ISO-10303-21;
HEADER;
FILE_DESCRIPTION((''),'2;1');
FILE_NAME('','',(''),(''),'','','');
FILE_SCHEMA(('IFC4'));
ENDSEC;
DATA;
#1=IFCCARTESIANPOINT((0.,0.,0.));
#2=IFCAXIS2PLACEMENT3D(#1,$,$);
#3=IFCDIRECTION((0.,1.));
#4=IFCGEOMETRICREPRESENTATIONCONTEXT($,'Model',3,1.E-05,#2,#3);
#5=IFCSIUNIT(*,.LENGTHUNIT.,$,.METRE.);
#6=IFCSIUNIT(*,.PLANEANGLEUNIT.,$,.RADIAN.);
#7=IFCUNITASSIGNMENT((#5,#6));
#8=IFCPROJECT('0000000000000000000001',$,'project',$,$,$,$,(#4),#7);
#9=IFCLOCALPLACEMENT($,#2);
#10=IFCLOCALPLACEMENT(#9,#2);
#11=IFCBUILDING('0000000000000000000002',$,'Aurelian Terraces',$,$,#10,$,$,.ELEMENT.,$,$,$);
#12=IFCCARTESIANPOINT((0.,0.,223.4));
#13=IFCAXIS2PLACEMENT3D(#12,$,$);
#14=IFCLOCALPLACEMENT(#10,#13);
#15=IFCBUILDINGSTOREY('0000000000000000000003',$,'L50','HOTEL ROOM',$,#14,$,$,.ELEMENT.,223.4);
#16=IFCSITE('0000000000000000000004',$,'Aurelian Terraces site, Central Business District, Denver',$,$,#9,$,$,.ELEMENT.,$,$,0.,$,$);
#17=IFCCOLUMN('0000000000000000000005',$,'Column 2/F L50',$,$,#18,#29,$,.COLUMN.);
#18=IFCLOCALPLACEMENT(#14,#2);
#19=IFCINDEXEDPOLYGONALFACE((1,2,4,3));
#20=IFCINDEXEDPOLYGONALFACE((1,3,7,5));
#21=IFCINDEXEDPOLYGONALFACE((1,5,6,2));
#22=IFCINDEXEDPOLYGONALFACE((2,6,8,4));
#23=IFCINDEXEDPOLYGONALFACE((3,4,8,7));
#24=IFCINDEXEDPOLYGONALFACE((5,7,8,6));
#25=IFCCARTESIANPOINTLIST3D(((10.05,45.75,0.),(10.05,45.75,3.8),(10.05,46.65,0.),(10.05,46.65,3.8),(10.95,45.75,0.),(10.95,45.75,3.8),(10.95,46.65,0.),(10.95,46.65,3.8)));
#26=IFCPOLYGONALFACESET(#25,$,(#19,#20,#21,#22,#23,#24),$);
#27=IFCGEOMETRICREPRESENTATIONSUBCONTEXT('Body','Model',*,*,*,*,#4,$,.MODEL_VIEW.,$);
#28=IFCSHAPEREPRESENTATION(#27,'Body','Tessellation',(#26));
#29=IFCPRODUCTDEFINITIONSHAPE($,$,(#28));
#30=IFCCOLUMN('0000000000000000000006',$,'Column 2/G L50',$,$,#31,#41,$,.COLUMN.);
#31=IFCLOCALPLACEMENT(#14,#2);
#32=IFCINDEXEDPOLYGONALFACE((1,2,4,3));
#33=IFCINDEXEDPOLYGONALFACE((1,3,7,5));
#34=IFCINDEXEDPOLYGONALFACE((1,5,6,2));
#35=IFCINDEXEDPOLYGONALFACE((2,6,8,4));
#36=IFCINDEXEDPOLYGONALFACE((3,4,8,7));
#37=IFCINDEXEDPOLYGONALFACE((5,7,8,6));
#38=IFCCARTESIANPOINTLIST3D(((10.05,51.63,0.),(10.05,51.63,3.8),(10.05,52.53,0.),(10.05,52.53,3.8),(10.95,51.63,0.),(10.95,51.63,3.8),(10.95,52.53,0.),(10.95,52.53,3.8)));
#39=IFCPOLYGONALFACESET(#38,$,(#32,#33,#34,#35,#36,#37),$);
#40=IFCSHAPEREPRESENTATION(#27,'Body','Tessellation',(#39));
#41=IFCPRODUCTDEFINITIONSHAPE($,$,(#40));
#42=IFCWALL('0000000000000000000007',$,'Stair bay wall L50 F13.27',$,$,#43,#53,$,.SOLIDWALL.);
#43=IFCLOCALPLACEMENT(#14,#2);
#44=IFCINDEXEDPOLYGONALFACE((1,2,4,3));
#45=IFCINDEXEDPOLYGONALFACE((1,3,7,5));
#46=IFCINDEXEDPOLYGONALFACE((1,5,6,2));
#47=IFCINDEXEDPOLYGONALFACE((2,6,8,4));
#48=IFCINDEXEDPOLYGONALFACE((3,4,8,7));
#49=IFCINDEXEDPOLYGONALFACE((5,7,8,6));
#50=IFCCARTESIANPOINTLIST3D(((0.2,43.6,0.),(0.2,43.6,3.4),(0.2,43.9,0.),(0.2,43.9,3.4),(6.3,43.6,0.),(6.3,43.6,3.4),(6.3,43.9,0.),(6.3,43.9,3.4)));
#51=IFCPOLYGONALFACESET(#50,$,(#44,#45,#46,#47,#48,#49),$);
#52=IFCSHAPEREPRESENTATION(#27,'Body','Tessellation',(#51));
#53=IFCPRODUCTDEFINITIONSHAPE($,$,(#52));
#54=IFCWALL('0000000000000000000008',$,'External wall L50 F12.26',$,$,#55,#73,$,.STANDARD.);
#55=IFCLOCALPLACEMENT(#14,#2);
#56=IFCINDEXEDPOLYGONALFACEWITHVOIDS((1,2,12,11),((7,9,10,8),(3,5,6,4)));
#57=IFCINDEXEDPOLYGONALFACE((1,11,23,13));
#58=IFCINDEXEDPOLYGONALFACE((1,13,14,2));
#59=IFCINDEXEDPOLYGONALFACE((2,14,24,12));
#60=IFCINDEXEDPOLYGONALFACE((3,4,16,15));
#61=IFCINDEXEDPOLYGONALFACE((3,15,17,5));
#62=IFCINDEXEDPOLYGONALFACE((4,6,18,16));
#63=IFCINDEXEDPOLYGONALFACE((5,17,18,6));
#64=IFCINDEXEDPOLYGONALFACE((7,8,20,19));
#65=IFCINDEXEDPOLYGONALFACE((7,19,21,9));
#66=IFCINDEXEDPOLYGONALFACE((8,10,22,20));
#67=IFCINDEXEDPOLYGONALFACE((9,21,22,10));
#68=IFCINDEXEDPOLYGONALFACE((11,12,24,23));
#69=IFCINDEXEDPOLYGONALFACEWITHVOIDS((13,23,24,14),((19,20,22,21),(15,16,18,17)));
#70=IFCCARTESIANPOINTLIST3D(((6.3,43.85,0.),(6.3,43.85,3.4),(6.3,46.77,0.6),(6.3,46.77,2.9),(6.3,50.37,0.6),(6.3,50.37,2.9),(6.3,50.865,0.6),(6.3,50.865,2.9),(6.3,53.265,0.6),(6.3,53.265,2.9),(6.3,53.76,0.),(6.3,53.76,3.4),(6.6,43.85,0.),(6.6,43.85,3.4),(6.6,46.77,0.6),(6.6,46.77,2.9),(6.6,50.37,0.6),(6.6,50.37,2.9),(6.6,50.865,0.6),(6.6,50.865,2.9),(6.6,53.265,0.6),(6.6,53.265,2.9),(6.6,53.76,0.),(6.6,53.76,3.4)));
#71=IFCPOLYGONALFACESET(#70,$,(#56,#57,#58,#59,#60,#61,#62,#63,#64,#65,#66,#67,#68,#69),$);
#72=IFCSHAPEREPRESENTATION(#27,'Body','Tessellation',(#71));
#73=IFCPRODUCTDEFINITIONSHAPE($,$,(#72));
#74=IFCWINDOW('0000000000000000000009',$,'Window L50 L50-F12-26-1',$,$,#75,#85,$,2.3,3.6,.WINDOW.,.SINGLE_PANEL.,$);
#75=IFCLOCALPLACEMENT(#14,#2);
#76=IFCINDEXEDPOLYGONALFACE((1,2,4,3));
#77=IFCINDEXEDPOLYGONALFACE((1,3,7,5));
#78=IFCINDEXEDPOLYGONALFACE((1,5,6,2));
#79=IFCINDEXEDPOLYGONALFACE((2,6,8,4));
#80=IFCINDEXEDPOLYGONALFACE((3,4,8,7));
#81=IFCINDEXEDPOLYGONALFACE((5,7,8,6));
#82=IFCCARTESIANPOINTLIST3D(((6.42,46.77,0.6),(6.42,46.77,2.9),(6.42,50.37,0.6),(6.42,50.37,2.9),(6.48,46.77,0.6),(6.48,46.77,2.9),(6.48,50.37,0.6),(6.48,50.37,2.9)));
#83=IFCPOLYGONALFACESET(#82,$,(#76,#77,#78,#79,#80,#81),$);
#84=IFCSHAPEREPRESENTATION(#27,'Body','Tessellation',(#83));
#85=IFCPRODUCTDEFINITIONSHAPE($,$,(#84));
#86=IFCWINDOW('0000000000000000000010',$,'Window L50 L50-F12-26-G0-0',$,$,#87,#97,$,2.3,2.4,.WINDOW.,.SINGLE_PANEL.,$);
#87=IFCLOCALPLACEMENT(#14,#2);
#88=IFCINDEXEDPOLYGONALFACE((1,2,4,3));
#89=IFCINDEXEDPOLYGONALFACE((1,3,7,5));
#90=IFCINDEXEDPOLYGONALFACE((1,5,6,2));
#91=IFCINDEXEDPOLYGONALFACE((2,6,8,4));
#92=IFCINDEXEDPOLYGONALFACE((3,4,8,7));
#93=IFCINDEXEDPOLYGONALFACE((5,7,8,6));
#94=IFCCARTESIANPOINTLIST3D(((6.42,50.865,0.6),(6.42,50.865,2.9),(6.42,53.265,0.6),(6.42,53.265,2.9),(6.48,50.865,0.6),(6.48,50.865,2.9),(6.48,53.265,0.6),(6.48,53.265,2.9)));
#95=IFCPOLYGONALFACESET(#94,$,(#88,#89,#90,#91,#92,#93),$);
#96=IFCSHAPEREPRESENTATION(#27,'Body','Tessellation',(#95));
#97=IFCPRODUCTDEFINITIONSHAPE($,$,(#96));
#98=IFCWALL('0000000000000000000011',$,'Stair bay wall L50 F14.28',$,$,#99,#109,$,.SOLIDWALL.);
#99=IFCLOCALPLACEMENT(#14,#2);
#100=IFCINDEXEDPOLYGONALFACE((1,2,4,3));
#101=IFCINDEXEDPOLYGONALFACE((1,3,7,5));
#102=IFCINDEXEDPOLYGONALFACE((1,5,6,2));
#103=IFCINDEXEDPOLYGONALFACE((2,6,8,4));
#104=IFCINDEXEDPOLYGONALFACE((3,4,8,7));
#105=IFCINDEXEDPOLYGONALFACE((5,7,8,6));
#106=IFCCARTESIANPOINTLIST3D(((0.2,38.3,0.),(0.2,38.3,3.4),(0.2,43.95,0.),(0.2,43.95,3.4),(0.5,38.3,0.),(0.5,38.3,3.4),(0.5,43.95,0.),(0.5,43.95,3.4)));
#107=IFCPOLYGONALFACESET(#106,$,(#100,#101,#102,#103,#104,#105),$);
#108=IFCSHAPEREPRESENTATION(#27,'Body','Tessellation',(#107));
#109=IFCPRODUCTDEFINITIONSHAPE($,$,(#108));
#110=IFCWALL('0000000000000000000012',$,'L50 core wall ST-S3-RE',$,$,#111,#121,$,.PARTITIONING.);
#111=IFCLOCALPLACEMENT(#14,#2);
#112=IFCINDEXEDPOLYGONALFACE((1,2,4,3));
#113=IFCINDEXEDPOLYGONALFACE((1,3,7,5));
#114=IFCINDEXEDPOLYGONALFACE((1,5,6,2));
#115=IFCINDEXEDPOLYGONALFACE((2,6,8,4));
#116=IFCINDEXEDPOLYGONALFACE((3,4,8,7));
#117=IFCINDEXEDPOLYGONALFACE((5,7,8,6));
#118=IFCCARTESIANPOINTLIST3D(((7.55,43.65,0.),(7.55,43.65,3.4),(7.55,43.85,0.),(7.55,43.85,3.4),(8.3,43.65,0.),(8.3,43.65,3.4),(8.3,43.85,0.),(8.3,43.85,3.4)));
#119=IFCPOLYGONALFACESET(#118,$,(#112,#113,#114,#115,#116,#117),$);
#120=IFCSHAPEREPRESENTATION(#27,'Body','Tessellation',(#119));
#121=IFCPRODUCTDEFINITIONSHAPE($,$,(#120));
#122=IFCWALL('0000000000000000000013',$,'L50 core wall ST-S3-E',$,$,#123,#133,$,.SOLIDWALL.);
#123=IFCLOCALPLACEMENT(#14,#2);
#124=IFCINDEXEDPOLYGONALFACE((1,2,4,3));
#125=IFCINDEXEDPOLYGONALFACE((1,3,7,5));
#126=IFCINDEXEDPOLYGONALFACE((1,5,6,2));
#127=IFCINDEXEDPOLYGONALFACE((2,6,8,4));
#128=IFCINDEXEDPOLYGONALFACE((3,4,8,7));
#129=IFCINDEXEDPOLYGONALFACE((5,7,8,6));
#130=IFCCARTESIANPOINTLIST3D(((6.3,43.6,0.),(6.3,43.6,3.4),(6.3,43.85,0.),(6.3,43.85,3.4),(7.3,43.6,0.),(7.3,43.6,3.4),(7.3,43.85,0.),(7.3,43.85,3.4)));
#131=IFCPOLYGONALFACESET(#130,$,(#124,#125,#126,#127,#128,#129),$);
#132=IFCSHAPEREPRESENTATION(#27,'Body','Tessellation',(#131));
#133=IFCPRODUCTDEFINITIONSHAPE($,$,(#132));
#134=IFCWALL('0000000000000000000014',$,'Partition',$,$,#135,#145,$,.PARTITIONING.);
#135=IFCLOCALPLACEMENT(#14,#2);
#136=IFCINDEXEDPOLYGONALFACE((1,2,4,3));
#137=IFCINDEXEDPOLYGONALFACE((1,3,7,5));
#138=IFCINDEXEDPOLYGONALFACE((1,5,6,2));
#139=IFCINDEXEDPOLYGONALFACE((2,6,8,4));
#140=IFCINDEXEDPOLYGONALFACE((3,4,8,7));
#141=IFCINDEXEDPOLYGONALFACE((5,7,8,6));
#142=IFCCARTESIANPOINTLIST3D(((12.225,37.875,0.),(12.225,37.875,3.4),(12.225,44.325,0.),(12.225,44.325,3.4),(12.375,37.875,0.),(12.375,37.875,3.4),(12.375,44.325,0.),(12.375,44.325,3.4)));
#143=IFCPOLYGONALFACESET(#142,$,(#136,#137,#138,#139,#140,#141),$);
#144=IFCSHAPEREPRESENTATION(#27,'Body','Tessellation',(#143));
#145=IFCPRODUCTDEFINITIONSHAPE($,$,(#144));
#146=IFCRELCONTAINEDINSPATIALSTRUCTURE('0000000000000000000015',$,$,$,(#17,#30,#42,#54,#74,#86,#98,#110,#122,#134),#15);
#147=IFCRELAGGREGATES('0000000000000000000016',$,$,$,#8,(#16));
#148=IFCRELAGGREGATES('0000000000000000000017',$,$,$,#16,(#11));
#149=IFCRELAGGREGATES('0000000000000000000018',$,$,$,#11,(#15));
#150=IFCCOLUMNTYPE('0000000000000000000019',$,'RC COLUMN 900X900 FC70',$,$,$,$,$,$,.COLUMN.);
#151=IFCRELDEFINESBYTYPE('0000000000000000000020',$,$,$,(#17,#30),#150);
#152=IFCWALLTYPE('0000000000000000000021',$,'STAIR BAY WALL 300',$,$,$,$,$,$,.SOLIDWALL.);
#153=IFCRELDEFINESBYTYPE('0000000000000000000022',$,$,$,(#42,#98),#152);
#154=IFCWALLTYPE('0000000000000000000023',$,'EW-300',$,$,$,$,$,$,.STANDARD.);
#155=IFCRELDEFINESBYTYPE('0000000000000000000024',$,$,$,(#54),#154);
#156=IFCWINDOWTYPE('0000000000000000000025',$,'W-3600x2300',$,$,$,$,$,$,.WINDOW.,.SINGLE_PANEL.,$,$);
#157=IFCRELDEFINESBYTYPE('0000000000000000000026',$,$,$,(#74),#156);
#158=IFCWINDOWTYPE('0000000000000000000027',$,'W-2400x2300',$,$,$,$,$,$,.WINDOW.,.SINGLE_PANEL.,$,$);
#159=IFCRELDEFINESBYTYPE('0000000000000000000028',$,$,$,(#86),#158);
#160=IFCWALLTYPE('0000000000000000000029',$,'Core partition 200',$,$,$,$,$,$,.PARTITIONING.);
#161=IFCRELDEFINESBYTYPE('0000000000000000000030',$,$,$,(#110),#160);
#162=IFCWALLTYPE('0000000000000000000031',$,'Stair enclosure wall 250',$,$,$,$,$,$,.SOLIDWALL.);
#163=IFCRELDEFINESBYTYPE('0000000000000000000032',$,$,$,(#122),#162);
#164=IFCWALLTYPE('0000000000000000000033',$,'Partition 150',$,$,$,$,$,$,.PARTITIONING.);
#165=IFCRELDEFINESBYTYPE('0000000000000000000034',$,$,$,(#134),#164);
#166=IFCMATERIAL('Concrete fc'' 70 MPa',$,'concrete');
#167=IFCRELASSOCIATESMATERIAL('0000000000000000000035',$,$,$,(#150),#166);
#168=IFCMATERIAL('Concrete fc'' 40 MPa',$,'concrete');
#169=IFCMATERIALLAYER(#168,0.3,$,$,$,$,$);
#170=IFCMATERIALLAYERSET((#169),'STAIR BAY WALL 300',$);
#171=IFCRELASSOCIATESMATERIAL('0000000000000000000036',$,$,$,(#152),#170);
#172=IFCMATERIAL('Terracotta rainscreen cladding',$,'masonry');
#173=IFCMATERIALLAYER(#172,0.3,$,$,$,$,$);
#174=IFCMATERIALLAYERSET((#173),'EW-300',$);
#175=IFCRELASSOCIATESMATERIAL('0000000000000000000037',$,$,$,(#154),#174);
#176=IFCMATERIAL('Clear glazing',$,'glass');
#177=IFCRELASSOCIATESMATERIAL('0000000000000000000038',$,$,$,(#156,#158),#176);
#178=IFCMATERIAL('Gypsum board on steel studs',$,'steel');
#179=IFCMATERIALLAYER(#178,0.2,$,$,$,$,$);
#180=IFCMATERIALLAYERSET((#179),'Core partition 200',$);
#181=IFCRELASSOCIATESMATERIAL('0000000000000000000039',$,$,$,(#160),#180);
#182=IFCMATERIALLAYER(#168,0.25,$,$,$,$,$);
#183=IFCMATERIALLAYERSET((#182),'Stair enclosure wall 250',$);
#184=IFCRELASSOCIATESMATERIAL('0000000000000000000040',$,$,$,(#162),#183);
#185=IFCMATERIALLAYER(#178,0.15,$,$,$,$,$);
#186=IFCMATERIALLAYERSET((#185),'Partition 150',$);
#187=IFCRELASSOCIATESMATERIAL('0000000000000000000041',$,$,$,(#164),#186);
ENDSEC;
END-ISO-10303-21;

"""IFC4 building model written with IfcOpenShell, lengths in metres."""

from ifc_helpers import new_model, si_unit, direction, frame, frame_2d, origin, origin_2d, place, context, subcontext, project, spatial, rectangle, extrude, source, transform, mapped, material, layer, layer_set, material_profile, profile_set, type_object, element, fill, save


model = new_model("IFC4")

# Units and contexts
model_context = context("Model", 3, precision=1e-05, world=origin(), true_north=direction((0.0, 1.0)))
body_context = subcontext(model_context, "Body", "Model", "MODEL_VIEW")
ifc_project = project(units=[si_unit("LENGTHUNIT", "METRE"), si_unit("PLANEANGLEUNIT", "RADIAN")], contexts=[model_context])

# Site, building, storey
site_placement = place(None, origin())
site = spatial("IfcSite", under=ifc_project, at=site_placement, Name="Aurelian Terraces site, Central Business District, Denver", CompositionType="ELEMENT", RefElevation=0.0)
building_placement = place(site_placement, origin())
building = spatial("IfcBuilding", under=site, at=building_placement, Name="Aurelian Terraces", CompositionType="ELEMENT")
storey_placement = place(building_placement, frame((0.0, 0.0, 223.4)))
storey = spatial("IfcBuildingStorey", under=building, at=storey_placement, Name="L50", Description="HOTEL ROOM", CompositionType="ELEMENT", Elevation=223.4)

# Columns
ifc_material_1 = material(Name="Concrete fc' 70 MPa", Category="concrete")
ifc_material_profile = material_profile(ifc_material_1, rectangle(XDim=0.9, YDim=0.9, at=origin_2d()))
ifc_profile_set = profile_set([ifc_material_profile], Name="Concrete fc' 70 MPa")
column_type = type_object("IfcColumnType", Name="RC COLUMN 900X900 FC70", PredefinedType="COLUMN", material=ifc_profile_set)
shared_shape_1 = source(origin(), body_context, "Body", "SweptSolid", [
    extrude(rectangle(XDim=0.9, YDim=0.9, at=origin_2d()), origin(), (0.0, 0.0, 1.0), 3.8),
])
for number, where, z_axis, x_axis, name in (
    (1, (10.5, 46.2, 0.0), (0.0, 0.0, 1.0), (1.0, 0.0, 0.0), "Column 2/F L50"),
    (2, (10.5, 52.08, 0.0), (0.0, 0.0, 1.0), (1.0, 0.0, 0.0), "Column 2/G L50"),
):
    element("IfcColumn", number, at=place(storey_placement, frame(where, z_axis=z_axis, x_axis=x_axis)), inside=storey, type_object=column_type, Name=name, PredefinedType="COLUMN", context=body_context, shape_type="MappedRepresentation", body=[
        mapped(shared_shape_1, transform((0.0, 0.0, 0.0), scale=1.0)),
    ])

# Wall
ifc_material_2 = material(Name="Concrete fc' 40 MPa", Category="concrete")
ifc_layer_1 = layer(ifc_material_2, 0.3)
ifc_layer_set_1 = layer_set([ifc_layer_1], Name="STAIR BAY WALL 300")
wall_type_1 = type_object("IfcWallType", Name="STAIR BAY WALL 300", PredefinedType="SOLIDWALL", material=ifc_layer_set_1)
shared_shape_2 = source(origin(), body_context, "Body", "SweptSolid", [
    extrude(rectangle(XDim=6.1, YDim=0.3, at=frame_2d((3.05, 0.0))), origin(), (0.0, 0.0, 1.0), 3.4),
])
wall_1_placement = place(storey_placement, frame((6.3, 43.75, 0.0), z_axis=(0.0, 0.0, 1.0), x_axis=(-1.0, 0.0, 0.0)))
element("IfcWall", 3, at=wall_1_placement, inside=storey, type_object=wall_type_1, Name="Stair bay wall L50 F13.27", PredefinedType="SOLIDWALL", context=body_context, shape_type="MappedRepresentation", body=[
    mapped(shared_shape_2, transform((0.0, 0.0, 0.0), scale=1.0)),
])

# Wall, openings, windows
ifc_material_3 = material(Name="Terracotta rainscreen cladding", Category="masonry")
ifc_layer_2 = layer(ifc_material_3, 0.3)
ifc_layer_set_2 = layer_set([ifc_layer_2], Name="EW-300")
wall_type_2 = type_object("IfcWallType", Name="EW-300", PredefinedType="STANDARD", material=ifc_layer_set_2)
shared_shape_3 = source(origin(), body_context, "Body", "SweptSolid", [
    extrude(rectangle(XDim=9.91, YDim=0.3, at=frame_2d((4.955, 0.0))), origin(), (0.0, 0.0, 1.0), 3.4),
])
wall_2_placement = place(storey_placement, frame((6.45, 53.76, 0.0), z_axis=(0.0, 0.0, 1.0), x_axis=(0.0, -1.0, 0.0)))
wall_2 = element("IfcWall", 4, at=wall_2_placement, inside=storey, type_object=wall_type_2, Name="External wall L50 F12.26", PredefinedType="STANDARD", context=body_context, shape_type="MappedRepresentation", body=[
    mapped(shared_shape_3, transform((0.0, 0.0, 0.0), scale=1.0)),
])
shared_shape_4 = source(origin(), body_context, "Body", "SweptSolid", [
    extrude(rectangle(XDim=3.6, YDim=2.3, at=frame_2d((1.8, 1.15))), frame((0.0, 0.16, 0.0), z_axis=(0.0, -1.0, 0.0), x_axis=(1.0, 0.0, 0.0)), (0.0, 0.0, 1.0), 0.32),
])
opening_1_placement = place(wall_2_placement, frame((3.39, 0.0, 0.6)))
opening_1 = element("IfcOpeningElement", 5, at=opening_1_placement, cuts=wall_2, PredefinedType="OPENING", context=body_context, shape_type="MappedRepresentation", body=[
    mapped(shared_shape_4, transform((0.0, 0.0, 0.0), scale=1.0)),
])
shared_shape_5 = source(origin(), body_context, "Body", "SweptSolid", [
    extrude(rectangle(XDim=2.4, YDim=2.3, at=frame_2d((1.2, 1.15))), frame((0.0, 0.16, 0.0), z_axis=(0.0, -1.0, 0.0), x_axis=(1.0, 0.0, 0.0)), (0.0, 0.0, 1.0), 0.32),
])
opening_2_placement = place(wall_2_placement, frame((0.495, 0.0, 0.6)))
opening_2 = element("IfcOpeningElement", 6, at=opening_2_placement, cuts=wall_2, PredefinedType="OPENING", context=body_context, shape_type="MappedRepresentation", body=[
    mapped(shared_shape_5, transform((0.0, 0.0, 0.0), scale=1.0)),
])
ifc_material_4 = material(Name="Clear glazing", Category="glass")
window_type_1 = type_object("IfcWindowType", Name="W-3600x2300", PartitioningType="SINGLE_PANEL", PredefinedType="WINDOW", material=ifc_material_4)
shared_shape_6 = source(origin(), body_context, "Body", "SweptSolid", [
    extrude(rectangle(XDim=3.6, YDim=2.3, at=frame_2d((1.8, 1.15))), frame((0.0, 0.03, 0.0), z_axis=(0.0, -1.0, 0.0), x_axis=(1.0, 0.0, 0.0)), (0.0, 0.0, 1.0), 0.06),
])
window_1_placement = place(opening_1_placement, origin())
window_1 = element("IfcWindow", 7, at=window_1_placement, inside=storey, type_object=window_type_1, Name="Window L50 L50-F12-26-1", OverallHeight=2.3, OverallWidth=3.6, PartitioningType="SINGLE_PANEL", PredefinedType="WINDOW", context=body_context, shape_type="MappedRepresentation", body=[
    mapped(shared_shape_6, transform((0.0, 0.0, 0.0), scale=1.0)),
])
fill(opening_1, window_1)
window_type_2 = type_object("IfcWindowType", Name="W-2400x2300", PartitioningType="SINGLE_PANEL", PredefinedType="WINDOW", material=ifc_material_4)
shared_shape_7 = source(origin(), body_context, "Body", "SweptSolid", [
    extrude(rectangle(XDim=2.4, YDim=2.3, at=frame_2d((1.2, 1.15))), frame((0.0, 0.03, 0.0), z_axis=(0.0, -1.0, 0.0), x_axis=(1.0, 0.0, 0.0)), (0.0, 0.0, 1.0), 0.06),
])
window_2_placement = place(opening_2_placement, origin())
window_2 = element("IfcWindow", 8, at=window_2_placement, inside=storey, type_object=window_type_2, Name="Window L50 L50-F12-26-G0-0", OverallHeight=2.3, OverallWidth=2.4, PartitioningType="SINGLE_PANEL", PredefinedType="WINDOW", context=body_context, shape_type="MappedRepresentation", body=[
    mapped(shared_shape_7, transform((0.0, 0.0, 0.0), scale=1.0)),
])
fill(opening_2, window_2)

# Walls
shared_shape_8 = source(origin(), body_context, "Body", "SweptSolid", [
    extrude(rectangle(XDim=5.65, YDim=0.3, at=frame_2d((2.825, 0.0))), origin(), (0.0, 0.0, 1.0), 3.4),
])
wall_3_placement = place(storey_placement, frame((0.35, 43.95, 0.0), z_axis=(0.0, 0.0, 1.0), x_axis=(0.0, -1.0, 0.0)))
element("IfcWall", 9, at=wall_3_placement, inside=storey, type_object=wall_type_1, Name="Stair bay wall L50 F14.28", PredefinedType="SOLIDWALL", context=body_context, shape_type="MappedRepresentation", body=[
    mapped(shared_shape_8, transform((0.0, 0.0, 0.0), scale=1.0)),
])
ifc_material_5 = material(Name="Gypsum board on steel studs", Category="steel")
ifc_layer_3 = layer(ifc_material_5, 0.2)
ifc_layer_set_3 = layer_set([ifc_layer_3], Name="Core partition 200")
wall_type_3 = type_object("IfcWallType", Name="Core partition 200", PredefinedType="PARTITIONING", material=ifc_layer_set_3)
shared_shape_9 = source(origin(), body_context, "Body", "SweptSolid", [
    extrude(rectangle(XDim=0.75, YDim=0.2, at=frame_2d((0.375, 0.0))), origin(), (0.0, 0.0, 1.0), 3.4),
])
wall_4_placement = place(storey_placement, frame((7.55, 43.75, 0.0), z_axis=(0.0, 0.0, 1.0), x_axis=(1.0, 0.0, 0.0)))
element("IfcWall", 10, at=wall_4_placement, inside=storey, type_object=wall_type_3, Name="L50 core wall ST-S3-RE", PredefinedType="PARTITIONING", context=body_context, shape_type="MappedRepresentation", body=[
    mapped(shared_shape_9, transform((0.0, 0.0, 0.0), scale=1.0)),
])
ifc_layer_4 = layer(ifc_material_2, 0.25)
ifc_layer_set_4 = layer_set([ifc_layer_4], Name="Stair enclosure wall 250")
wall_type_4 = type_object("IfcWallType", Name="Stair enclosure wall 250", PredefinedType="SOLIDWALL", material=ifc_layer_set_4)
shared_shape_10 = source(origin(), body_context, "Body", "SweptSolid", [
    extrude(rectangle(XDim=1.0, YDim=0.25, at=frame_2d((0.5, 0.0))), origin(), (0.0, 0.0, 1.0), 3.4),
])
wall_5_placement = place(storey_placement, frame((6.3, 43.725, 0.0), z_axis=(0.0, 0.0, 1.0), x_axis=(1.0, 0.0, 0.0)))
element("IfcWall", 11, at=wall_5_placement, inside=storey, type_object=wall_type_4, Name="L50 core wall ST-S3-E", PredefinedType="SOLIDWALL", context=body_context, shape_type="MappedRepresentation", body=[
    mapped(shared_shape_10, transform((0.0, 0.0, 0.0), scale=1.0)),
])
ifc_layer_5 = layer(ifc_material_5, 0.15)
ifc_layer_set_5 = layer_set([ifc_layer_5], Name="Partition 150")
wall_type_5 = type_object("IfcWallType", Name="Partition 150", PredefinedType="PARTITIONING", material=ifc_layer_set_5)
shared_shape_11 = source(origin(), body_context, "Body", "SweptSolid", [
    extrude(rectangle(XDim=6.45, YDim=0.15, at=frame_2d((3.225, 0.0))), origin(), (0.0, 0.0, 1.0), 3.4),
])
wall_6_placement = place(storey_placement, frame((12.3, 44.325, 0.0), z_axis=(0.0, 0.0, 1.0), x_axis=(0.0, -1.0, 0.0)))
element("IfcWall", 12, at=wall_6_placement, inside=storey, type_object=wall_type_5, Name="Partition", PredefinedType="PARTITIONING", context=body_context, shape_type="MappedRepresentation", body=[
    mapped(shared_shape_11, transform((0.0, 0.0, 0.0), scale=1.0)),
])

save(model, "model.ifc")
